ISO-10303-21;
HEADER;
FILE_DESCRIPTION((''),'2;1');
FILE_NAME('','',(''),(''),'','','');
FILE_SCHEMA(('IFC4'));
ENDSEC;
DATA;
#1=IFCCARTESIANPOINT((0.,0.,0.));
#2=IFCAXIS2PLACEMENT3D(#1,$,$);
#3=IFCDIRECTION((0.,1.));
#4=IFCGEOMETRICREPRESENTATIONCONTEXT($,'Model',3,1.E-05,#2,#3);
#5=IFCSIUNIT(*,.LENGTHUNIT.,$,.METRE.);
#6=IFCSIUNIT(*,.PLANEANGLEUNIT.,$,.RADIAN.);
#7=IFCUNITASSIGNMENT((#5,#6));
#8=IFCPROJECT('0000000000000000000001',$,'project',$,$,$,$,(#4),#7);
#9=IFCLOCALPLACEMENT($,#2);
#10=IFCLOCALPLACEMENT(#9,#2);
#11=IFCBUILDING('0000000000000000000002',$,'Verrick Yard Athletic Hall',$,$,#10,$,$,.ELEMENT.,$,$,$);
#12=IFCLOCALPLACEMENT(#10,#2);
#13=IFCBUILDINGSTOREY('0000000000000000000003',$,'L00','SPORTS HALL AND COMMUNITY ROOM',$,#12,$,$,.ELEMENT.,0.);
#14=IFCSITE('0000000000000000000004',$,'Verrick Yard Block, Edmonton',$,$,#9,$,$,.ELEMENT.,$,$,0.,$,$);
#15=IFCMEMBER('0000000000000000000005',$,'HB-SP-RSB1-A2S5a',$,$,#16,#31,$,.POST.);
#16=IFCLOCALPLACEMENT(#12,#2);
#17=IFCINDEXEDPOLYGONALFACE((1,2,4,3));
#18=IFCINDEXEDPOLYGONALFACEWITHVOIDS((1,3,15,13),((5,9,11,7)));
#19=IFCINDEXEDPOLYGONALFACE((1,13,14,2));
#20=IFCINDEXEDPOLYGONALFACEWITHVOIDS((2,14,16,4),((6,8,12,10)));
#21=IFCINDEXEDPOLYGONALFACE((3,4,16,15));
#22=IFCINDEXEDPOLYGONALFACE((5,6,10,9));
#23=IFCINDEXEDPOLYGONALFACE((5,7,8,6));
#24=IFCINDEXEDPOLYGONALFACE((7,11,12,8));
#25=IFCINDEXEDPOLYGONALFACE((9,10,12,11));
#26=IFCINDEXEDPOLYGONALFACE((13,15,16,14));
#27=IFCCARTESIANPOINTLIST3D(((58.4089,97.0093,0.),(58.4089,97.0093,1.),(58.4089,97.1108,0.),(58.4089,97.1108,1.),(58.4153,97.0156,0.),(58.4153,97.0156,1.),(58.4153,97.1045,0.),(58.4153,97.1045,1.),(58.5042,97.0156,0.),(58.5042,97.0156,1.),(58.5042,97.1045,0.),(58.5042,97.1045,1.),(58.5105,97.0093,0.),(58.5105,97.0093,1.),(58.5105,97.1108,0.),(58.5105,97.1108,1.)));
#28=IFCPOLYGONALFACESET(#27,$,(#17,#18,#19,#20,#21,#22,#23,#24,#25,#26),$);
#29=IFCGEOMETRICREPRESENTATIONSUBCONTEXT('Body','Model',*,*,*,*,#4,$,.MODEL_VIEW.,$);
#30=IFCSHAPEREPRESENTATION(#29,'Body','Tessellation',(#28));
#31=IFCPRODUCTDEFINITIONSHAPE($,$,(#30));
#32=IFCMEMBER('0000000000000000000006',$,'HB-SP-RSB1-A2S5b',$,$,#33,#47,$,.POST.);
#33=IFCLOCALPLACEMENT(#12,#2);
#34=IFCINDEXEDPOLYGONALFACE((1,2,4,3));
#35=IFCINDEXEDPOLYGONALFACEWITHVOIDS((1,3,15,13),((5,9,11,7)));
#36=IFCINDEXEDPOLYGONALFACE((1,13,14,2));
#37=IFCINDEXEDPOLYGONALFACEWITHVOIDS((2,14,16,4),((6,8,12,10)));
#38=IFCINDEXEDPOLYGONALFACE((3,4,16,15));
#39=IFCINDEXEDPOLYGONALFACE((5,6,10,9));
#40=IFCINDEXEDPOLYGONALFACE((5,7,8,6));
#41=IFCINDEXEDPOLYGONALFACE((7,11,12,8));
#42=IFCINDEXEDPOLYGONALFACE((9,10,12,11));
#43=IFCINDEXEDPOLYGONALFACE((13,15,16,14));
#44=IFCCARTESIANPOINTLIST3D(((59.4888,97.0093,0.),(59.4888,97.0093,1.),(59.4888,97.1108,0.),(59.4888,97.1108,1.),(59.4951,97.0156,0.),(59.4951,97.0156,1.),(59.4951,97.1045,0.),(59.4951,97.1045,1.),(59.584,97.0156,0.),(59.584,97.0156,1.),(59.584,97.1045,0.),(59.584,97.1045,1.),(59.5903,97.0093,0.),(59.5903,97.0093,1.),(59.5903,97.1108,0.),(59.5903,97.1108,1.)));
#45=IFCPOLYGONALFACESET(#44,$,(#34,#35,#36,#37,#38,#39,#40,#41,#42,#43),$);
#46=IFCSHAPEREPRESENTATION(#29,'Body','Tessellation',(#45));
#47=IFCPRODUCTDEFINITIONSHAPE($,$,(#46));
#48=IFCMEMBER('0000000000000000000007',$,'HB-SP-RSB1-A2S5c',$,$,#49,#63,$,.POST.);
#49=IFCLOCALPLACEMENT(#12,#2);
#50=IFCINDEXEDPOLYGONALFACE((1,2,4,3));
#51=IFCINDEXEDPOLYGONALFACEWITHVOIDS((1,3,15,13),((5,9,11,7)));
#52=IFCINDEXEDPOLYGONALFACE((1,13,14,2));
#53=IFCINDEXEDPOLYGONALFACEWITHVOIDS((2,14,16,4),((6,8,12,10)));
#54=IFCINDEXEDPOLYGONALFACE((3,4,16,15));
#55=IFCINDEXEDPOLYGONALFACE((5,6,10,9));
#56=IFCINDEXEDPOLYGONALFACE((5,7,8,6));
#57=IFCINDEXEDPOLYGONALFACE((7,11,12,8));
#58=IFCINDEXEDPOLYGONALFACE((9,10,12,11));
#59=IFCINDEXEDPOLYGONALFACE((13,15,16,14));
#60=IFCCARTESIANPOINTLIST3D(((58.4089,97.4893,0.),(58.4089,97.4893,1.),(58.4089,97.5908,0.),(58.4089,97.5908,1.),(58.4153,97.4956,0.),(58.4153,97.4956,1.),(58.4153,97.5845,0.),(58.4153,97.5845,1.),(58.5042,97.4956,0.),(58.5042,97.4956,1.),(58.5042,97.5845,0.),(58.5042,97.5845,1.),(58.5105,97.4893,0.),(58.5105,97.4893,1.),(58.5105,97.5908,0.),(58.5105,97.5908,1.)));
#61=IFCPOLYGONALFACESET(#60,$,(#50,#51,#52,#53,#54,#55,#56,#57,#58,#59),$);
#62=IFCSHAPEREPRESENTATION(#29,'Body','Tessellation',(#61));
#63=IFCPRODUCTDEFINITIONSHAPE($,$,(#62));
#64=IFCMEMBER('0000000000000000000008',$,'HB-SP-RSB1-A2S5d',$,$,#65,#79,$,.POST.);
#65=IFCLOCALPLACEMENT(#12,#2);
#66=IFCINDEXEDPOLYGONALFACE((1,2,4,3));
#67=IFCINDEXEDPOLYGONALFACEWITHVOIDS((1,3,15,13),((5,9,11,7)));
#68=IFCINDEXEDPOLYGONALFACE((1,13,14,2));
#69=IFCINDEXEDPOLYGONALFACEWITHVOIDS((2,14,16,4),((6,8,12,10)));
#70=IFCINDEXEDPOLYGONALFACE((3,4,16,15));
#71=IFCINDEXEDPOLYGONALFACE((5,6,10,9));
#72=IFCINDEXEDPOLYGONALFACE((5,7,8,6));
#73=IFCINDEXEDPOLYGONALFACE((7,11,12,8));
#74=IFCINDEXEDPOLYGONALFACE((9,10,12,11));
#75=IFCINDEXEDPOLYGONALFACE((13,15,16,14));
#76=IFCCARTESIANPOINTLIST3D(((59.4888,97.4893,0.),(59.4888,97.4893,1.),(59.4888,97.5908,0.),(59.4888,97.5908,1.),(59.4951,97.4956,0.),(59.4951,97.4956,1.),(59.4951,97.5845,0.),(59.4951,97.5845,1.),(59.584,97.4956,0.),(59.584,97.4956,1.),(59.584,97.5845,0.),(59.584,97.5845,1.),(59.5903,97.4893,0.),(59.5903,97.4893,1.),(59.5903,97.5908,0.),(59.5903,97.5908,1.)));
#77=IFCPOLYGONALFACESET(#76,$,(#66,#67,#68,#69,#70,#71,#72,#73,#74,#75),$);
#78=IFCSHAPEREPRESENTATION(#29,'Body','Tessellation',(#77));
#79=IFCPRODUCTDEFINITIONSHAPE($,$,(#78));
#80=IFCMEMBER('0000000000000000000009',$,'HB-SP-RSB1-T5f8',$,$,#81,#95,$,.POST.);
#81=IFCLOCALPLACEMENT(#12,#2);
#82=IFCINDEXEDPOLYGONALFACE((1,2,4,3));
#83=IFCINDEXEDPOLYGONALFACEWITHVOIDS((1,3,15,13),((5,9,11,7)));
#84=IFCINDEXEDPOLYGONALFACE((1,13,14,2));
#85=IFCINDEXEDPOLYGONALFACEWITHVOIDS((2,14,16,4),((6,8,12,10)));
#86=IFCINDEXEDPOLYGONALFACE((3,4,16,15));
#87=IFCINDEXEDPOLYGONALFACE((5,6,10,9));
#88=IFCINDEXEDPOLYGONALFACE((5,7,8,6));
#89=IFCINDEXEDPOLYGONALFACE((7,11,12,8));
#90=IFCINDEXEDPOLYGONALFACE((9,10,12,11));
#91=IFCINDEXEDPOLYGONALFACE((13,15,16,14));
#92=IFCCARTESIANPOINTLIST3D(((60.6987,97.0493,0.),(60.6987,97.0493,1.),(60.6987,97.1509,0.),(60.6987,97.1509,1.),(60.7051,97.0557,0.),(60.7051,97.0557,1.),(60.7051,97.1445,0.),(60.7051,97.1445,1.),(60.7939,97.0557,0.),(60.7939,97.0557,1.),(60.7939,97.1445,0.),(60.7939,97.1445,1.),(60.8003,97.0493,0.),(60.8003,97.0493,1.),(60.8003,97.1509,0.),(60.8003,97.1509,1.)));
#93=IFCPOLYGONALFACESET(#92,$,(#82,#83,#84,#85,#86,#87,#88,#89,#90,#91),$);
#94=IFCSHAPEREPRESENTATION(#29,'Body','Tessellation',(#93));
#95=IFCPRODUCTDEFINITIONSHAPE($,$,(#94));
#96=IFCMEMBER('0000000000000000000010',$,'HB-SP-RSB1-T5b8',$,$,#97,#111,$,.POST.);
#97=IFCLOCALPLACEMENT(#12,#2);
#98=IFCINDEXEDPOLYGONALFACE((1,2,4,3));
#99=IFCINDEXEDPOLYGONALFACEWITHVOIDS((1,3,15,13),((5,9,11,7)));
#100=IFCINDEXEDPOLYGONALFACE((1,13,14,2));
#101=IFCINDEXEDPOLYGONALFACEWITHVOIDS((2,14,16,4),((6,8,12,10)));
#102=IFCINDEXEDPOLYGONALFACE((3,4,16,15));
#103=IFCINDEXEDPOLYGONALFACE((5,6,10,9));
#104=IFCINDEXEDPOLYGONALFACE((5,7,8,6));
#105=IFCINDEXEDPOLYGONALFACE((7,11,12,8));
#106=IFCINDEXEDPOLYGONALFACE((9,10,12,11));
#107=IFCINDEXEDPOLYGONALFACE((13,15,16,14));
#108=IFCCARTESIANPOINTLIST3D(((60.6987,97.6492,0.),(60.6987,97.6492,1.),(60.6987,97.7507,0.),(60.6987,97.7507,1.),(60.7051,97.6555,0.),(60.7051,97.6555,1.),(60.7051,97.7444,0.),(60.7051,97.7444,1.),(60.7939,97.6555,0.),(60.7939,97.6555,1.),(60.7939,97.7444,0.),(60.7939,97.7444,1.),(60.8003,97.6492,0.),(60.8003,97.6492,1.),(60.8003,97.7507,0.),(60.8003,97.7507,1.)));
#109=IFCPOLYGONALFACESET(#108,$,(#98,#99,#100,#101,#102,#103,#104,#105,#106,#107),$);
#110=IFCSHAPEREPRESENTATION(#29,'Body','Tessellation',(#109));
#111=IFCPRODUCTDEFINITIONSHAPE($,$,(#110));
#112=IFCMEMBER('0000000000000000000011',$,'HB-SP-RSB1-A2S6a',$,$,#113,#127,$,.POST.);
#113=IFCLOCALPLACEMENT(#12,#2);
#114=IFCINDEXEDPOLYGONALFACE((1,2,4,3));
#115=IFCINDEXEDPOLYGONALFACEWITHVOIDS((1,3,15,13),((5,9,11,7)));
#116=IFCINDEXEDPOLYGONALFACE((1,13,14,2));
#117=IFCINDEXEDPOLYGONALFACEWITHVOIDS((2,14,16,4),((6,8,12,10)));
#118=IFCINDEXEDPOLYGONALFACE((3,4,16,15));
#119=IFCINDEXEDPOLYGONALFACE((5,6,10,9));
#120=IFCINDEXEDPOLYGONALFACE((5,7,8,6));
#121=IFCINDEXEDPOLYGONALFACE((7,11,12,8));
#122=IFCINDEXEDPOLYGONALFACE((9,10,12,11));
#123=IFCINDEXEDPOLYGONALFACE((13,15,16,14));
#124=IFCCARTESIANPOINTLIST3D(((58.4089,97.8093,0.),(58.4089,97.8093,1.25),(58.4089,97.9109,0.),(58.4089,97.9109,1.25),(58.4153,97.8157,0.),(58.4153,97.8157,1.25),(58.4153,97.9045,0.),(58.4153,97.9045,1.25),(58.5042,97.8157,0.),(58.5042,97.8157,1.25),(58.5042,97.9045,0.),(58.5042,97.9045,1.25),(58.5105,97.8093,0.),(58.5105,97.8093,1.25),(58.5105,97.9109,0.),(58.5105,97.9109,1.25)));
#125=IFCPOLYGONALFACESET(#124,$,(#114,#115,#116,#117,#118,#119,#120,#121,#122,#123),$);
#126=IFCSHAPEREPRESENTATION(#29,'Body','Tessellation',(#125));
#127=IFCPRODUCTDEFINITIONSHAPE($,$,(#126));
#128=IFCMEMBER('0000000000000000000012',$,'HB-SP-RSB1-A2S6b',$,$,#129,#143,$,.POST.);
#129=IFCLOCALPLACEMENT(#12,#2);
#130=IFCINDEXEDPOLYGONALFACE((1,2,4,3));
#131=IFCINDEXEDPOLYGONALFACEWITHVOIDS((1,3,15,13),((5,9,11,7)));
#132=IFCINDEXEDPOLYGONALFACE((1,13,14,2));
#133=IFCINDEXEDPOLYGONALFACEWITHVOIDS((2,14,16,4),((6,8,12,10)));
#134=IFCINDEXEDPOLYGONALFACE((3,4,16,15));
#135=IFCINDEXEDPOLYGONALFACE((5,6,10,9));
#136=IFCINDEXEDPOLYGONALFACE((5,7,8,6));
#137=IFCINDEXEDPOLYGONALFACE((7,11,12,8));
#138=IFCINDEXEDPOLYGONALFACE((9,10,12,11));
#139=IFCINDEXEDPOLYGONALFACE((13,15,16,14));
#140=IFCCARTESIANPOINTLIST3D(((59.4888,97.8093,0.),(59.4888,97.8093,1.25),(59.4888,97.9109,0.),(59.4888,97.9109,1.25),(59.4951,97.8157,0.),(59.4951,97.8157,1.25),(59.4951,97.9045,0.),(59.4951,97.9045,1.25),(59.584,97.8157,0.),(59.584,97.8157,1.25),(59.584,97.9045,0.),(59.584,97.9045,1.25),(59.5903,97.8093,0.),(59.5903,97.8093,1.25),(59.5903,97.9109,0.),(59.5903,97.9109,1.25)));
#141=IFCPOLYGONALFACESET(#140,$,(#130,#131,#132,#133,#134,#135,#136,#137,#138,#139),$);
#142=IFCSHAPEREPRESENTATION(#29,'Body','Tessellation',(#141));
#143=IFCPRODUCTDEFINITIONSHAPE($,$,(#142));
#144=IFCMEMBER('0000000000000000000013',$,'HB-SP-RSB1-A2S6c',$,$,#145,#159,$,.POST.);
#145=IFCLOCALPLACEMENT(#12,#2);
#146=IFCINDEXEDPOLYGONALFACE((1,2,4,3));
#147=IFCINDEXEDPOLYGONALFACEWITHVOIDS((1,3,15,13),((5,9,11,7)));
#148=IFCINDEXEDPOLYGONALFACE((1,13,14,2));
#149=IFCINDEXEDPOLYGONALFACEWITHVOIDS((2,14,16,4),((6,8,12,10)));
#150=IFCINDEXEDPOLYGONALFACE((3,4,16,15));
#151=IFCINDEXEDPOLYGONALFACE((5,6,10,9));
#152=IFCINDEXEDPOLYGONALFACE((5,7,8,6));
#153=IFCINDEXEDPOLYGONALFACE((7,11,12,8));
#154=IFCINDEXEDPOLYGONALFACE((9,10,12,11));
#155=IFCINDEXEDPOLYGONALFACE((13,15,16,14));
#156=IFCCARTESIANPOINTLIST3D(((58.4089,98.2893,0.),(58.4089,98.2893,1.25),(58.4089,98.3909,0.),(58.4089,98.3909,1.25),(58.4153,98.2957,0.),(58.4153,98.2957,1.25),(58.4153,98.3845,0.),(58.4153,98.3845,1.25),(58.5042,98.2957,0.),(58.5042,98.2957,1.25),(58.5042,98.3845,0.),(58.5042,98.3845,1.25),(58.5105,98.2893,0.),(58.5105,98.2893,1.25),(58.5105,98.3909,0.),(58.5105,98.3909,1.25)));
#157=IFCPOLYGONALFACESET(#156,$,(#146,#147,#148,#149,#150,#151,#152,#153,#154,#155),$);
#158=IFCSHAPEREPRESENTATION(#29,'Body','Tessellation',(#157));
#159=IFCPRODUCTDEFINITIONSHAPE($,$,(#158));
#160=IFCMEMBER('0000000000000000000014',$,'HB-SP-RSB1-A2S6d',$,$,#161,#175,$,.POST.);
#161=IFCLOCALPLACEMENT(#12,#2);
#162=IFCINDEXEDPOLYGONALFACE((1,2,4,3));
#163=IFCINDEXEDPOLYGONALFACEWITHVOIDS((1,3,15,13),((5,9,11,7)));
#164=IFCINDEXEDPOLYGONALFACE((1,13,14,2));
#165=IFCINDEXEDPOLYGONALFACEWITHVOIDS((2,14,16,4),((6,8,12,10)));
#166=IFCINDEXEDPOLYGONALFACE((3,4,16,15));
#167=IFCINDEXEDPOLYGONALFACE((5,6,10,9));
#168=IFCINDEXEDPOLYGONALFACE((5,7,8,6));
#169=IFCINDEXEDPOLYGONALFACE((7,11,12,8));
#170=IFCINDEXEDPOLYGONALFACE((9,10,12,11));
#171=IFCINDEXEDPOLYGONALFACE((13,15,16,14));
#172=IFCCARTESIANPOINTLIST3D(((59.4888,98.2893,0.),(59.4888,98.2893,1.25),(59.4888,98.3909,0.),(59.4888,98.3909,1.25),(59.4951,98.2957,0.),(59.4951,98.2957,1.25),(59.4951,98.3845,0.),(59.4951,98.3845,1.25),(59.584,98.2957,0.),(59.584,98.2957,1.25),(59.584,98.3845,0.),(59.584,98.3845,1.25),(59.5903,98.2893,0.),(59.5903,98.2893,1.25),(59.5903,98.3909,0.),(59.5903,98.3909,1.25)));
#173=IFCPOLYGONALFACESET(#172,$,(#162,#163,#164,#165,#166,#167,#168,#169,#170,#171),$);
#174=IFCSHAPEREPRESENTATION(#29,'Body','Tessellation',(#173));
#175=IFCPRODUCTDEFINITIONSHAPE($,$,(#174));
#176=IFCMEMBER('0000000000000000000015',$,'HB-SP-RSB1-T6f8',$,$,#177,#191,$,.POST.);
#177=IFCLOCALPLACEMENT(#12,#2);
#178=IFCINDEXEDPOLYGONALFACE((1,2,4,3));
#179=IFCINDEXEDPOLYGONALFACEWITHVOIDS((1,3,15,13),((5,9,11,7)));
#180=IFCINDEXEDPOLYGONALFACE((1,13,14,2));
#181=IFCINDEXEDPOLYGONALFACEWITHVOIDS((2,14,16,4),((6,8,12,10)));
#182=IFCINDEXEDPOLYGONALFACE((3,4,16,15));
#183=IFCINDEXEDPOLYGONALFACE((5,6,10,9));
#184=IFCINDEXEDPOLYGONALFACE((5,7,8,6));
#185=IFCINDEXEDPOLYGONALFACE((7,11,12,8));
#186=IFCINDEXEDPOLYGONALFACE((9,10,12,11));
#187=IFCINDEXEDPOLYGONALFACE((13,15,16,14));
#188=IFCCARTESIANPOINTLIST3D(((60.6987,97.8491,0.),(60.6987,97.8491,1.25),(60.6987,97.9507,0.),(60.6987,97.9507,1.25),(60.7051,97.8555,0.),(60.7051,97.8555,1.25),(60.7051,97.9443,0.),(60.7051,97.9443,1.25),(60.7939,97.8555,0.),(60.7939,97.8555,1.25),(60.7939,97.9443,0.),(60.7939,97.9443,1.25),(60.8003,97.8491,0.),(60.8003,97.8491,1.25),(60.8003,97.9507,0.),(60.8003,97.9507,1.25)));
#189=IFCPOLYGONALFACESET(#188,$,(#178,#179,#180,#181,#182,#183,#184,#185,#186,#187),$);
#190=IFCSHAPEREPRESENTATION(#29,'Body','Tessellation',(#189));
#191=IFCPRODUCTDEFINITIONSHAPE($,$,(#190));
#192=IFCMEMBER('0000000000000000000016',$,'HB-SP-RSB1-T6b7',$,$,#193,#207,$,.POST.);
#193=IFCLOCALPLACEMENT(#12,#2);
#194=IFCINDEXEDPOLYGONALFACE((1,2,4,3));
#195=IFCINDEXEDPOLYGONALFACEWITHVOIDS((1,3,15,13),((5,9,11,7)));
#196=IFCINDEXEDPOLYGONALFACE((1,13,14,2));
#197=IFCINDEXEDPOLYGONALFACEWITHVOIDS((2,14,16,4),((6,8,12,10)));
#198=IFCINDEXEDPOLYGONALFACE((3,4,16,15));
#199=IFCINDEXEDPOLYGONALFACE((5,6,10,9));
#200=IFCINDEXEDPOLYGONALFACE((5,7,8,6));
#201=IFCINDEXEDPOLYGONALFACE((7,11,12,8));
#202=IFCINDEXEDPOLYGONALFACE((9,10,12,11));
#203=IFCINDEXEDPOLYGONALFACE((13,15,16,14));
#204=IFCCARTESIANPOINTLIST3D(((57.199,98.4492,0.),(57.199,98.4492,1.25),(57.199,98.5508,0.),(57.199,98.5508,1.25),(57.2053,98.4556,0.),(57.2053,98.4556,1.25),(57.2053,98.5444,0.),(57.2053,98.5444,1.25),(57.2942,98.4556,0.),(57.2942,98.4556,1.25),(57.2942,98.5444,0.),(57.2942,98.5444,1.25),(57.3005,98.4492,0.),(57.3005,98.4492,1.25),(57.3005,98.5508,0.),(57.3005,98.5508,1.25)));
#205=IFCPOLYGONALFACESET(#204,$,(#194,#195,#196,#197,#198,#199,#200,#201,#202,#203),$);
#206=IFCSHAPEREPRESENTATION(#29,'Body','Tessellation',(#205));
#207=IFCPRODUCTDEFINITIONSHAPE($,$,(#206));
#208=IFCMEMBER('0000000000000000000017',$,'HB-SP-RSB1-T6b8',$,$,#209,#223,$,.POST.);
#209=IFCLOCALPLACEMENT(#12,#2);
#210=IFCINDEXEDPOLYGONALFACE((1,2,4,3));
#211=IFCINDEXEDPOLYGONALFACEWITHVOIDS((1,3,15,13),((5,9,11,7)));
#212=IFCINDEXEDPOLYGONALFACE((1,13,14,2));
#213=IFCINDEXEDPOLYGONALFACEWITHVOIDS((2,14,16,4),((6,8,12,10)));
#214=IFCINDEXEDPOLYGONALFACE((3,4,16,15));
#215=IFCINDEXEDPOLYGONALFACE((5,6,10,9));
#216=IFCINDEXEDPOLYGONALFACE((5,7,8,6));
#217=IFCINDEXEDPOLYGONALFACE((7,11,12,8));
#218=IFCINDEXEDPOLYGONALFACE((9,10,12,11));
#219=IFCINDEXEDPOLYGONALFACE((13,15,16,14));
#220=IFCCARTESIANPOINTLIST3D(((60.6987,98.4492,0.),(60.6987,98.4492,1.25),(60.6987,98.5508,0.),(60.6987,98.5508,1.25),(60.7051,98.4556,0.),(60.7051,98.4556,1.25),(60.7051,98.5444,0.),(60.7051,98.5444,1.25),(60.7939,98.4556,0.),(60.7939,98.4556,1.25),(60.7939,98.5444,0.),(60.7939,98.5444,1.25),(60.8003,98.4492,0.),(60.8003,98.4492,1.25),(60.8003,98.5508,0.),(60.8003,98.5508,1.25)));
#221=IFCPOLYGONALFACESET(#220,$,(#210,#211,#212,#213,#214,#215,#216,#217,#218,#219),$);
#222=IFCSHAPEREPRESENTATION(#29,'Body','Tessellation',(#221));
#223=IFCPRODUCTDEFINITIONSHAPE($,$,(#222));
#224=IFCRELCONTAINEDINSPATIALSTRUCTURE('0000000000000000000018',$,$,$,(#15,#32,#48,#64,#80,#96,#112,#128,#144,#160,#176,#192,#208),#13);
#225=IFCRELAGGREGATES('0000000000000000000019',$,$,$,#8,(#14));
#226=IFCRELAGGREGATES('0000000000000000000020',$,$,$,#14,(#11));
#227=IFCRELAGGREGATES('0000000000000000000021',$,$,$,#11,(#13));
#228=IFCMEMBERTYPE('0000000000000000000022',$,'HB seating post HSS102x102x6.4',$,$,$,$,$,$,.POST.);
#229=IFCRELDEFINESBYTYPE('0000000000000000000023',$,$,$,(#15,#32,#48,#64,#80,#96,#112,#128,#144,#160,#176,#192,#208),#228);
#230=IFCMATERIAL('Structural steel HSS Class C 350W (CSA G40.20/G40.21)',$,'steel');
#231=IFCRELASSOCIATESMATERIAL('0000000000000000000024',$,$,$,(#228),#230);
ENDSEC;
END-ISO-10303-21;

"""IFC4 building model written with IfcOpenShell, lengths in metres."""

from ifc_helpers import new_model, si_unit, direction, frame, origin, origin_2d, place, context, subcontext, project, spatial, hollow_rectangle, extrude, material, material_profile, profile_set, type_object, element, save


model = new_model("IFC4")

# Units and contexts
model_context = context("Model", 3, precision=1e-05, world=origin(), true_north=direction((0.0, 1.0)))
body_context = subcontext(model_context, "Body", "Model", "MODEL_VIEW")
ifc_project = project(units=[si_unit("LENGTHUNIT", "METRE"), si_unit("PLANEANGLEUNIT", "RADIAN")], contexts=[model_context])

# Site, building, storey
site_placement = place(None, origin())
site = spatial("IfcSite", under=ifc_project, at=site_placement, Name="Verrick Yard Block, Edmonton", CompositionType="ELEMENT", RefElevation=0.0)
building_placement = place(site_placement, origin())
building = spatial("IfcBuilding", under=site, at=building_placement, Name="Verrick Yard Athletic Hall", CompositionType="ELEMENT")
storey_placement = place(building_placement, origin())
storey = spatial("IfcBuildingStorey", under=building, at=storey_placement, Name="L00", Description="SPORTS HALL AND COMMUNITY ROOM", CompositionType="ELEMENT", Elevation=0.0)

# Members
ifc_material = material(Name="Structural steel HSS Class C 350W (CSA G40.20/G40.21)", Category="steel")
ifc_material_profile = material_profile(ifc_material, hollow_rectangle(XDim=0.1016, YDim=0.1016, WallThickness=0.0063, at=origin_2d()), Name="HSS102x102x6.4")
ifc_profile_set = profile_set([ifc_material_profile], Name="Structural steel HSS Class C 350W (CSA G40.20/G40.21)")
member_type = type_object("IfcMemberType", Name="HB seating post HSS102x102x6.4", PredefinedType="POST", material=ifc_profile_set)
for number, where, z_axis, x_axis, name in (
    (1, (58.4597, 97.0601, 0.0), (0.0, 0.0, 1.0), (0.0, 1.0, 0.0), "HB-SP-RSB1-A2S5a"),
    (2, (59.5396, 97.0601, 0.0), (0.0, 0.0, 1.0), (0.0, 1.0, 0.0), "HB-SP-RSB1-A2S5b"),
    (3, (58.4597, 97.54, 0.0), (0.0, 0.0, 1.0), (0.0, 1.0, 0.0), "HB-SP-RSB1-A2S5c"),
    (4, (59.5396, 97.54, 0.0), (0.0, 0.0, 1.0), (0.0, 1.0, 0.0), "HB-SP-RSB1-A2S5d"),
    (5, (60.7495, 97.1001, 0.0), (0.0, 0.0, 1.0), (0.0, 1.0, 0.0), "HB-SP-RSB1-T5f8"),
    (6, (60.7495, 97.7, 0.0), (0.0, 0.0, 1.0), (0.0, 1.0, 0.0), "HB-SP-RSB1-T5b8"),
):
    element("IfcMember", number, at=place(storey_placement, frame(where, z_axis=z_axis, x_axis=x_axis)), inside=storey, type_object=member_type, Name=name, PredefinedType="POST", context=body_context, shape_type="SweptSolid", body=[
        extrude(hollow_rectangle(XDim=0.1016, YDim=0.1016, WallThickness=0.0063, at=origin_2d()), origin(), (0.0, 0.0, 1.0), 1.0),
    ])
for number, where, z_axis, x_axis, name in (
    (7, (58.4597, 97.8601, 0.0), (0.0, 0.0, 1.0), (0.0, 1.0, 0.0), "HB-SP-RSB1-A2S6a"),
    (8, (59.5396, 97.8601, 0.0), (0.0, 0.0, 1.0), (0.0, 1.0, 0.0), "HB-SP-RSB1-A2S6b"),
    (9, (58.4597, 98.3401, 0.0), (0.0, 0.0, 1.0), (0.0, 1.0, 0.0), "HB-SP-RSB1-A2S6c"),
    (10, (59.5396, 98.3401, 0.0), (0.0, 0.0, 1.0), (0.0, 1.0, 0.0), "HB-SP-RSB1-A2S6d"),
    (11, (60.7495, 97.8999, 0.0), (0.0, 0.0, 1.0), (0.0, 1.0, 0.0), "HB-SP-RSB1-T6f8"),
    (12, (57.2498, 98.5, 0.0), (0.0, 0.0, 1.0), (0.0, 1.0, 0.0), "HB-SP-RSB1-T6b7"),
    (13, (60.7495, 98.5, 0.0), (0.0, 0.0, 1.0), (0.0, 1.0, 0.0), "HB-SP-RSB1-T6b8"),
):
    element("IfcMember", number, at=place(storey_placement, frame(where, z_axis=z_axis, x_axis=x_axis)), inside=storey, type_object=member_type, Name=name, PredefinedType="POST", context=body_context, shape_type="SweptSolid", body=[
        extrude(hollow_rectangle(XDim=0.1016, YDim=0.1016, WallThickness=0.0063, at=origin_2d()), origin(), (0.0, 0.0, 1.0), 1.25),
    ])

save(model, "model.ifc")
